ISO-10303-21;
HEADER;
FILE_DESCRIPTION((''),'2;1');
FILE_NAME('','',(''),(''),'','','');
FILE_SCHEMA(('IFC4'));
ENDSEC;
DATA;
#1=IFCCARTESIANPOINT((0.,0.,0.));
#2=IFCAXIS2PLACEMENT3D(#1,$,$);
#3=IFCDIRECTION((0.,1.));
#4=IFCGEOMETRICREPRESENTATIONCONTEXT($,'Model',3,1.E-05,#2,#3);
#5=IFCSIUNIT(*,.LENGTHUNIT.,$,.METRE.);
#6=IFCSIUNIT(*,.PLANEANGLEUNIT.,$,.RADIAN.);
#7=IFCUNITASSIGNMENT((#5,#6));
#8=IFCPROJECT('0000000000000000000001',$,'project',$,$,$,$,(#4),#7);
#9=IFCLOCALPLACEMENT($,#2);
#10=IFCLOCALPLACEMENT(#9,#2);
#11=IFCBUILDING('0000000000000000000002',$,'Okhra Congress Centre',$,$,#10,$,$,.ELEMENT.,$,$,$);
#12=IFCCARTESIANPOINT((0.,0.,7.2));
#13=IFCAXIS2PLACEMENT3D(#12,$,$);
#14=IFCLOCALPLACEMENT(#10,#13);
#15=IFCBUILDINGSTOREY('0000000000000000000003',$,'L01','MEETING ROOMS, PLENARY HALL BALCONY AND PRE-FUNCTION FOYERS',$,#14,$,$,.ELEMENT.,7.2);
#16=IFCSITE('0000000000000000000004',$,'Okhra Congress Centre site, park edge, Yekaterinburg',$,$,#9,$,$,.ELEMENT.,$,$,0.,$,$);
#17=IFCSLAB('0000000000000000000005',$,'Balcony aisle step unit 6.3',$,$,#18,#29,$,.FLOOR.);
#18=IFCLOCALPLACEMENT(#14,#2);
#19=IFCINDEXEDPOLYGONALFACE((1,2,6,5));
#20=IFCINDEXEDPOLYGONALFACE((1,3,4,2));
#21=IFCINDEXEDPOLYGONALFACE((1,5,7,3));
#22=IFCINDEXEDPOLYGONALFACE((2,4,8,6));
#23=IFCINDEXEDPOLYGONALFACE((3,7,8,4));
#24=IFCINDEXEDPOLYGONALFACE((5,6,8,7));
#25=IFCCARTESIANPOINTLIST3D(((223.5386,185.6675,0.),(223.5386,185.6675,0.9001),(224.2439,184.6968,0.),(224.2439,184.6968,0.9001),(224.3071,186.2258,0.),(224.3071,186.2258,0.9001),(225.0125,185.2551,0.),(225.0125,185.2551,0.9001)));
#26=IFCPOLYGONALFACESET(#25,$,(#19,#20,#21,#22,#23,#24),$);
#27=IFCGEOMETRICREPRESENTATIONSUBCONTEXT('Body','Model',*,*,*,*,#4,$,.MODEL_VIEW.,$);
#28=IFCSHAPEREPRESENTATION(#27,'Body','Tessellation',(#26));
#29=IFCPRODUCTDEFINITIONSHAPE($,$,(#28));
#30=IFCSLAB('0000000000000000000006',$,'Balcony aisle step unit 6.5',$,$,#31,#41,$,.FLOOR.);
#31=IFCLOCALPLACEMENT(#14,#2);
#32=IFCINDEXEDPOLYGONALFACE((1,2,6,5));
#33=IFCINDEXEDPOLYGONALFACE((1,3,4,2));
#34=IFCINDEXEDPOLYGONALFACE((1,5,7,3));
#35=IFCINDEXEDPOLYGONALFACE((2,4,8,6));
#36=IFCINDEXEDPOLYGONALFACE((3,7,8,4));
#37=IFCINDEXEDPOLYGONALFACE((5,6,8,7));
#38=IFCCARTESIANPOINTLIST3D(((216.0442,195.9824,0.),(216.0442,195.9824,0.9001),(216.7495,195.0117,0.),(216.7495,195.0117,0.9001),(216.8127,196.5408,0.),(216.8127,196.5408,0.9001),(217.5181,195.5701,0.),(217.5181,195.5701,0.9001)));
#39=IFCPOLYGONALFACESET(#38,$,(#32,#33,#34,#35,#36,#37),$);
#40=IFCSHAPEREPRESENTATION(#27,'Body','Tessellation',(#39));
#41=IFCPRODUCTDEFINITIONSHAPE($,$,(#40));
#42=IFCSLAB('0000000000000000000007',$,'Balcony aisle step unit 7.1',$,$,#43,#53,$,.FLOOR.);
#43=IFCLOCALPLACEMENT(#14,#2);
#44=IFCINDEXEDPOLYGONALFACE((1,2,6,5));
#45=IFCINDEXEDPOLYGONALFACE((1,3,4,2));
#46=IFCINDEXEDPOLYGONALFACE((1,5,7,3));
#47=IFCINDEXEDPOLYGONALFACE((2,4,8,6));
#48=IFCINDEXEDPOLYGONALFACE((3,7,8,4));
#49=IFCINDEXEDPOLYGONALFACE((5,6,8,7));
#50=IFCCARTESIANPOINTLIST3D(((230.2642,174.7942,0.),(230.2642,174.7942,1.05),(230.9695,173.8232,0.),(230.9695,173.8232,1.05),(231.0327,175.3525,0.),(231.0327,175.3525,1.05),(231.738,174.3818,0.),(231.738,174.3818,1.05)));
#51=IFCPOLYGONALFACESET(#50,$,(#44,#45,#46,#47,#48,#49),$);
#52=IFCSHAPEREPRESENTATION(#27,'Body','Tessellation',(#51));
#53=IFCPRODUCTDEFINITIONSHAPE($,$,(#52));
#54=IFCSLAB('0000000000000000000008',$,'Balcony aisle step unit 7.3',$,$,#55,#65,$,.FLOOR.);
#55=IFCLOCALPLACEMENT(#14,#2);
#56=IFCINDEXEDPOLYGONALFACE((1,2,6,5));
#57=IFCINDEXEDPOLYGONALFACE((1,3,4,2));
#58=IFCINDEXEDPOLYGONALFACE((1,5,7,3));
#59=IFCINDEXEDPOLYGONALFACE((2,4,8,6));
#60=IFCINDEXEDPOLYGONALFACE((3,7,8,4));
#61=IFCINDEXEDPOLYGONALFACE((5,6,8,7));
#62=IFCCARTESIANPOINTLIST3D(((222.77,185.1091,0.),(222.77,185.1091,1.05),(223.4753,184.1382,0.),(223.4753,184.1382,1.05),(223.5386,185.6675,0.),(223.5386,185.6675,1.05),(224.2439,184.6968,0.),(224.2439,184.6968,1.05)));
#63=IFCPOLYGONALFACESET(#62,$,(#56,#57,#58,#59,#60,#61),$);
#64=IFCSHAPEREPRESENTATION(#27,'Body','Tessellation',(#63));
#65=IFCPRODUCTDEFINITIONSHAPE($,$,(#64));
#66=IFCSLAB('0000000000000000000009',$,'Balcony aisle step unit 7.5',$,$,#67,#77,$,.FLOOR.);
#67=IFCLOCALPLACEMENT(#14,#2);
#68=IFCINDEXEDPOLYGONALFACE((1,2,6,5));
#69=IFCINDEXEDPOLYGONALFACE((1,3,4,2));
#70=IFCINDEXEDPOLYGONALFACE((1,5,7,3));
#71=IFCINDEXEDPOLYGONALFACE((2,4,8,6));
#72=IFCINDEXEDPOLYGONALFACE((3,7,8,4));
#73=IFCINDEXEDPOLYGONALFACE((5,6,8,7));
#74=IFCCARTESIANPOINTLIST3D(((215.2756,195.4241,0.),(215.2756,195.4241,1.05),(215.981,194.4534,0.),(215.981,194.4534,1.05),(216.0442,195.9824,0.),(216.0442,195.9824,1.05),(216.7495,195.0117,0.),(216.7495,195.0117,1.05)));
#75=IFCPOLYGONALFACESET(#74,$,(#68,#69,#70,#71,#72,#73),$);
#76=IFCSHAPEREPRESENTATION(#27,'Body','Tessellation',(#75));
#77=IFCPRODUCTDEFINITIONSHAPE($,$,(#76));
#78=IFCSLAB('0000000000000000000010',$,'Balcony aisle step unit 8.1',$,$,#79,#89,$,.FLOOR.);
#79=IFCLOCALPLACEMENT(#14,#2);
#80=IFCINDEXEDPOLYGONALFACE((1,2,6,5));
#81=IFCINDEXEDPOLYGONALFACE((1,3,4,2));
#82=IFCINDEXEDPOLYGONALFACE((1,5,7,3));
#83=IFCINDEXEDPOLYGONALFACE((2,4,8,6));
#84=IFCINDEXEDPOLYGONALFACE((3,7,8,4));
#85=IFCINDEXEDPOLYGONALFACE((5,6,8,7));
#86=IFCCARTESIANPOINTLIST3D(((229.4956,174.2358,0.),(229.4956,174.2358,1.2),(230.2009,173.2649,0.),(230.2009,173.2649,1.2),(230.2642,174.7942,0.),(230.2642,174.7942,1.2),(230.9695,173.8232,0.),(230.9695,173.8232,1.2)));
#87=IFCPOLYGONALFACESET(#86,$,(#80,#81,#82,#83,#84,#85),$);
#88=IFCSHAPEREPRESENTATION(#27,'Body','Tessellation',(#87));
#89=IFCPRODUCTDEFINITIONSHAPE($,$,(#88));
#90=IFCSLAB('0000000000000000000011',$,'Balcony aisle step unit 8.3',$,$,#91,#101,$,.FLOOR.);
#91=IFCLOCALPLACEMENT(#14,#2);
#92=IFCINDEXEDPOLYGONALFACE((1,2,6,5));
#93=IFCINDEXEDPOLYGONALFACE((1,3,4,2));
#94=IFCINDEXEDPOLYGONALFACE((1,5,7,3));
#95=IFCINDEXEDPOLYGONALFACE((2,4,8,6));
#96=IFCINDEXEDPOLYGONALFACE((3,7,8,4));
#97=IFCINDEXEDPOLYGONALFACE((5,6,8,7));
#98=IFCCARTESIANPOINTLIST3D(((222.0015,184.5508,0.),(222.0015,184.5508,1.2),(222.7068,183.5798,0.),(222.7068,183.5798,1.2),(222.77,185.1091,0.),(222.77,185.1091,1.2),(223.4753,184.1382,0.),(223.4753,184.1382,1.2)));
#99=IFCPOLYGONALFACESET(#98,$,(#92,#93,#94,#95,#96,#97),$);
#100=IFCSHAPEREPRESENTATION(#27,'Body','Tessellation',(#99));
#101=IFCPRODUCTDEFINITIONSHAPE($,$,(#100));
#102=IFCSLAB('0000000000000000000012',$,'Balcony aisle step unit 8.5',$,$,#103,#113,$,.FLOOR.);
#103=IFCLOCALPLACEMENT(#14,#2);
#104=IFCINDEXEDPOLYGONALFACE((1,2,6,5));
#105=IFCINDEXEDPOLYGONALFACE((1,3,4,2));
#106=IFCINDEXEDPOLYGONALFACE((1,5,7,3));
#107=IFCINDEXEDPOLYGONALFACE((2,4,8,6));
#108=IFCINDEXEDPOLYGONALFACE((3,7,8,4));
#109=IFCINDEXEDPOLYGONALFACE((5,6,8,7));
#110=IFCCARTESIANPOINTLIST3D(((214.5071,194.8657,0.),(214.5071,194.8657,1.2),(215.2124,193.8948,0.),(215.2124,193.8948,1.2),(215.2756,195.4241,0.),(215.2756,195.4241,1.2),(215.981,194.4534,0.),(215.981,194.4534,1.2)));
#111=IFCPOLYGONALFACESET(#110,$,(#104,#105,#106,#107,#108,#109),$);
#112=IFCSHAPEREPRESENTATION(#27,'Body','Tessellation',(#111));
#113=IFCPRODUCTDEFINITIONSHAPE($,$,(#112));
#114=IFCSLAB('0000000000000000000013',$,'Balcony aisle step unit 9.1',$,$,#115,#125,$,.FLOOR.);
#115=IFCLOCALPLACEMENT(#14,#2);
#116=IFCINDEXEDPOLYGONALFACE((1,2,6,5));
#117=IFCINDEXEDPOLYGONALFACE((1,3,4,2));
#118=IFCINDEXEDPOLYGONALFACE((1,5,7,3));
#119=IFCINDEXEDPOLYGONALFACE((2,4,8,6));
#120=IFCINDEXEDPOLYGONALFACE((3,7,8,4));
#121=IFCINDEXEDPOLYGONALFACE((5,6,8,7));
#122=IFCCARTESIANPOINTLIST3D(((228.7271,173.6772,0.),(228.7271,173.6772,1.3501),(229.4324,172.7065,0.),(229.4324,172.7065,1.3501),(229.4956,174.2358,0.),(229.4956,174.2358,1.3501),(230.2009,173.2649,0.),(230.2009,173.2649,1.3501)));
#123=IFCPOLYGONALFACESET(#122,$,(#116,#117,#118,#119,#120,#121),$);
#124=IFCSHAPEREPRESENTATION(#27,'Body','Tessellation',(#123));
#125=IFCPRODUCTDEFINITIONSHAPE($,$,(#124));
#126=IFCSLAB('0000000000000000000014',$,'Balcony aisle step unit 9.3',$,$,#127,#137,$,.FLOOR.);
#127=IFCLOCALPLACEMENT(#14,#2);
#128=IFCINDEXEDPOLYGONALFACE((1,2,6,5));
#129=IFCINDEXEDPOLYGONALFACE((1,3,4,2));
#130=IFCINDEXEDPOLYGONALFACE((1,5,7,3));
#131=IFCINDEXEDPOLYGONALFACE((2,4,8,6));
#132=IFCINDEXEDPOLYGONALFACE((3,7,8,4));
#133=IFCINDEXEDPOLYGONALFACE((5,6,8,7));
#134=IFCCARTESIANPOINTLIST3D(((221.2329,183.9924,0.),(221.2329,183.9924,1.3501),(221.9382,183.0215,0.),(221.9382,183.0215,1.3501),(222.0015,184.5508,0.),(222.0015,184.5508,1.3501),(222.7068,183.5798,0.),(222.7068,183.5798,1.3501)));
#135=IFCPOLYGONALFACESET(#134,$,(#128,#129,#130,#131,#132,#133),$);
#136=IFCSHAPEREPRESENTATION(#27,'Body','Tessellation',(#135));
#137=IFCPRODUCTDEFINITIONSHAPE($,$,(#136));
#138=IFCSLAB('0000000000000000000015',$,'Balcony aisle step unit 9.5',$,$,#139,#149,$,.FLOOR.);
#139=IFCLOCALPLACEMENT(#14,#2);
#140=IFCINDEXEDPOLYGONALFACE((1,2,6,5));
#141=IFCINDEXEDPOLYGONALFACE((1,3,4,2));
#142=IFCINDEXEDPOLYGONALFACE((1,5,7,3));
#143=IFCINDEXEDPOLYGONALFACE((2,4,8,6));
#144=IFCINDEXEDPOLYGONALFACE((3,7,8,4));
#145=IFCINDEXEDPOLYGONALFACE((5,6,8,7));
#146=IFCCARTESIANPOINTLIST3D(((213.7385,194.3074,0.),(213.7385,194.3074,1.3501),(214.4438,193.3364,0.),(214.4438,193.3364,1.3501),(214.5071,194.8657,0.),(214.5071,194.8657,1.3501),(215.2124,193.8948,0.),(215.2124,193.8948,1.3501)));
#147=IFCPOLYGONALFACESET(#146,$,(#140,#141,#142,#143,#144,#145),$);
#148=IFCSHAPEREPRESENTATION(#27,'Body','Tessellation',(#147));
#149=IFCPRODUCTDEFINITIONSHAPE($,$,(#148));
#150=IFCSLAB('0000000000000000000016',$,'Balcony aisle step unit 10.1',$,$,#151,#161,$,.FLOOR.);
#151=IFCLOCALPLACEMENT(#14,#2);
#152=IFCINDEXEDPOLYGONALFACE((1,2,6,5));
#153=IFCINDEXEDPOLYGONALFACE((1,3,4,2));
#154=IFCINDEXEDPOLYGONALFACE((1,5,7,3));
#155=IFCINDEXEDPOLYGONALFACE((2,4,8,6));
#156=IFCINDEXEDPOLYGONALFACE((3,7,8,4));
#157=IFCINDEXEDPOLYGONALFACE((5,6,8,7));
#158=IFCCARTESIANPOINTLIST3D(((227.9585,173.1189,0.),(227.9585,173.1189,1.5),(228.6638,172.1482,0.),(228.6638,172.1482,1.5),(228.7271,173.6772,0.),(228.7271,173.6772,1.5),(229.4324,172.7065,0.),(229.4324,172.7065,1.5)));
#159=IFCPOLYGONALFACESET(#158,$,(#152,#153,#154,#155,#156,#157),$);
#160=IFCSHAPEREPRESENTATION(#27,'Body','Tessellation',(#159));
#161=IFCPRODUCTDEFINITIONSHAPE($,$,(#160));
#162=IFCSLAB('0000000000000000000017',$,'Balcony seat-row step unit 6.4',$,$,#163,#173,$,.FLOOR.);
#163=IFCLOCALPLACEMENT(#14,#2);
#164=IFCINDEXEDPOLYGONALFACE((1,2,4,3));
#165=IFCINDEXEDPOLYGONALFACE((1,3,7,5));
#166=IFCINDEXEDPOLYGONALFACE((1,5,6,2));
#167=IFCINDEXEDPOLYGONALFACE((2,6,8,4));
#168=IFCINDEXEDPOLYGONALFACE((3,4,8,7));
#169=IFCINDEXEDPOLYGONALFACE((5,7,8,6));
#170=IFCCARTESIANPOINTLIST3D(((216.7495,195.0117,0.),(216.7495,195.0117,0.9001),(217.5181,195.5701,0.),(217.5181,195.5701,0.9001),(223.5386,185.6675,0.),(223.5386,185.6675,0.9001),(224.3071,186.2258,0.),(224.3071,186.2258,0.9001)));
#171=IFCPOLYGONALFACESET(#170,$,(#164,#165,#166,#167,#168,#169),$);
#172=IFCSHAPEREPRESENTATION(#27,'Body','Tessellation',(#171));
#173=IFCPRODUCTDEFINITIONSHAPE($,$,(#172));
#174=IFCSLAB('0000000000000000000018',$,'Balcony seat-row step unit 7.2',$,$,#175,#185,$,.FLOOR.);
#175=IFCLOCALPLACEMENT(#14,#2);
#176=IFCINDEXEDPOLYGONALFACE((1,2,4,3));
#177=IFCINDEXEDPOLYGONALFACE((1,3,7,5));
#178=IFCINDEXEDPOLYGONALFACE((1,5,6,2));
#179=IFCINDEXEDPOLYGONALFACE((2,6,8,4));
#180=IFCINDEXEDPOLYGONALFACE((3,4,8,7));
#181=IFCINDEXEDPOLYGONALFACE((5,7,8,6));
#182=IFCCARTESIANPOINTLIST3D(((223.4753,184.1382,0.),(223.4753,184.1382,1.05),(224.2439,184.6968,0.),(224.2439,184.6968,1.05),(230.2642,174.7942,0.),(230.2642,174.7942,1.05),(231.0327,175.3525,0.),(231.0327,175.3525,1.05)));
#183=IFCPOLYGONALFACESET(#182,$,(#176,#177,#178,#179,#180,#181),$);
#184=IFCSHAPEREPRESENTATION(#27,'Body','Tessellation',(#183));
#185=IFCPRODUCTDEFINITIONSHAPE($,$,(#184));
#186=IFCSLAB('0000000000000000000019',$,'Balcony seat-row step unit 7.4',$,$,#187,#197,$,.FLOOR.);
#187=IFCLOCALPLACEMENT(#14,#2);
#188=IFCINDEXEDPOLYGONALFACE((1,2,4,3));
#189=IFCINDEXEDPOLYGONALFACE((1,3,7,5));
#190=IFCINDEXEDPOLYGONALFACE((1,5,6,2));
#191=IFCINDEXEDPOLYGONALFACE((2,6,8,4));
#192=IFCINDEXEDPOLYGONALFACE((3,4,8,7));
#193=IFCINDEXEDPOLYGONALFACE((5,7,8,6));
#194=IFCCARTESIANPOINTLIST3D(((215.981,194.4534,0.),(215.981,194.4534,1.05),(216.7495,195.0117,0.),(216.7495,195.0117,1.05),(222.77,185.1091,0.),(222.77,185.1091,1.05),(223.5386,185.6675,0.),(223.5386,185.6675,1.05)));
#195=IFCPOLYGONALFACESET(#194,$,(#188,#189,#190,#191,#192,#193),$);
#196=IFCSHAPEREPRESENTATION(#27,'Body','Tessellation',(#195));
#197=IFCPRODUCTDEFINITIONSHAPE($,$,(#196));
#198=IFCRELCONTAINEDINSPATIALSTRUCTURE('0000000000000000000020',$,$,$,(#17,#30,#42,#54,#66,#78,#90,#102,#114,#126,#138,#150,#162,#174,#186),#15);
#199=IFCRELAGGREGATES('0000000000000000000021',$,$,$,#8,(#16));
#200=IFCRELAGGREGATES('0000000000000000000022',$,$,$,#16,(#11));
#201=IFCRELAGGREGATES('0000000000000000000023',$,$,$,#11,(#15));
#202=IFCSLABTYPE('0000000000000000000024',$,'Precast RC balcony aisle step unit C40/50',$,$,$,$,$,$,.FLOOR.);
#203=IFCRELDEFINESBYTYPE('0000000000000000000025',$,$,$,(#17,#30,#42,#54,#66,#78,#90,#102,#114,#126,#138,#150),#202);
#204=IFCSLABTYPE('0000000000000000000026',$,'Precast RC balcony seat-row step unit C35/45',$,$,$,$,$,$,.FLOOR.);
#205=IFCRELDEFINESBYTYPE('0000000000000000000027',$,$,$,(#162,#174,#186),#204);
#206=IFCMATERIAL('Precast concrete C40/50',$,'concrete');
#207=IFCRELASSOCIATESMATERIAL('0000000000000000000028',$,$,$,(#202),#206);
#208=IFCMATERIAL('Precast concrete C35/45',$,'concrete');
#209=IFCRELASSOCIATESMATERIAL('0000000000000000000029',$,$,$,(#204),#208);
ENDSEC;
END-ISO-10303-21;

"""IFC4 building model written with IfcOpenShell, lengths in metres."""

from ifc_helpers import new_model, si_unit, direction, frame, origin, place, context, subcontext, project, spatial, polyline, outline, extrude, material, type_object, element, save


model = new_model("IFC4")

# Units and contexts
model_context = context("Model", 3, precision=1e-05, world=origin(), true_north=direction((0.0, 1.0)))
body_context = subcontext(model_context, "Body", "Model", "MODEL_VIEW")
ifc_project = project(units=[si_unit("LENGTHUNIT", "METRE"), si_unit("PLANEANGLEUNIT", "RADIAN")], contexts=[model_context])

# Site, building, storey
site_placement = place(None, origin())
site = spatial("IfcSite", under=ifc_project, at=site_placement, Name="Okhra Congress Centre site, park edge, Yekaterinburg", CompositionType="ELEMENT", RefElevation=0.0)
building_placement = place(site_placement, origin())
building = spatial("IfcBuilding", under=site, at=building_placement, Name="Okhra Congress Centre", CompositionType="ELEMENT")
storey_placement = place(building_placement, frame((0.0, 0.0, 7.2)))
storey = spatial("IfcBuildingStorey", under=building, at=storey_placement, Name="L01", Description="MEETING ROOMS, PLENARY HALL BALCONY AND PRE-FUNCTION FOYERS", CompositionType="ELEMENT", Elevation=7.2)

# Slabs
ifc_material_1 = material(Name="Precast concrete C40/50", Category="concrete")
slab_type_1 = type_object("IfcSlabType", Name="Precast RC balcony aisle step unit C40/50", PredefinedType="FLOOR", material=ifc_material_1)
slab_1_placement = place(storey_placement, origin())
element("IfcSlab", 1, at=slab_1_placement, inside=storey, type_object=slab_type_1, Name="Balcony aisle step unit 6.3", PredefinedType="FLOOR", context=body_context, shape_type="SweptSolid", body=[
    extrude(outline(polyline([(224.2439, 184.6968), (225.0125, 185.2551), (224.3071, 186.2258), (223.5386, 185.6675), (224.2439, 184.6968)])), origin(), (0.0, 0.0, 1.0), 0.9001),
])
slab_2_placement = place(storey_placement, origin())
element("IfcSlab", 2, at=slab_2_placement, inside=storey, type_object=slab_type_1, Name="Balcony aisle step unit 6.5", PredefinedType="FLOOR", context=body_context, shape_type="SweptSolid", body=[
    extrude(outline(polyline([(216.7495, 195.0117), (217.5181, 195.5701), (216.8127, 196.5408), (216.0442, 195.9824), (216.7495, 195.0117)])), origin(), (0.0, 0.0, 1.0), 0.9001),
])
slab_3_placement = place(storey_placement, origin())
element("IfcSlab", 3, at=slab_3_placement, inside=storey, type_object=slab_type_1, Name="Balcony aisle step unit 7.1", PredefinedType="FLOOR", context=body_context, shape_type="SweptSolid", body=[
    extrude(outline(polyline([(230.9695, 173.8232), (231.738, 174.3818), (231.0327, 175.3525), (230.2642, 174.7942), (230.9695, 173.8232)])), origin(), (0.0, 0.0, 1.0), 1.05),
])
slab_4_placement = place(storey_placement, origin())
element("IfcSlab", 4, at=slab_4_placement, inside=storey, type_object=slab_type_1, Name="Balcony aisle step unit 7.3", PredefinedType="FLOOR", context=body_context, shape_type="SweptSolid", body=[
    extrude(outline(polyline([(223.4753, 184.1382), (224.2439, 184.6968), (223.5386, 185.6675), (222.77, 185.1091), (223.4753, 184.1382)])), origin(), (0.0, 0.0, 1.0), 1.05),
])
slab_5_placement = place(storey_placement, origin())
element("IfcSlab", 5, at=slab_5_placement, inside=storey, type_object=slab_type_1, Name="Balcony aisle step unit 7.5", PredefinedType="FLOOR", context=body_context, shape_type="SweptSolid", body=[
    extrude(outline(polyline([(215.981, 194.4534), (216.7495, 195.0117), (216.0442, 195.9824), (215.2756, 195.4241), (215.981, 194.4534)])), origin(), (0.0, 0.0, 1.0), 1.05),
])
slab_6_placement = place(storey_placement, origin())
element("IfcSlab", 6, at=slab_6_placement, inside=storey, type_object=slab_type_1, Name="Balcony aisle step unit 8.1", PredefinedType="FLOOR", context=body_context, shape_type="SweptSolid", body=[
    extrude(outline(polyline([(230.2009, 173.2649), (230.9695, 173.8232), (230.2642, 174.7942), (229.4956, 174.2358), (230.2009, 173.2649)])), origin(), (0.0, 0.0, 1.0), 1.2),
])
slab_7_placement = place(storey_placement, origin())
element("IfcSlab", 7, at=slab_7_placement, inside=storey, type_object=slab_type_1, Name="Balcony aisle step unit 8.3", PredefinedType="FLOOR", context=body_context, shape_type="SweptSolid", body=[
    extrude(outline(polyline([(222.7068, 183.5798), (223.4753, 184.1382), (222.77, 185.1091), (222.0015, 184.5508), (222.7068, 183.5798)])), origin(), (0.0, 0.0, 1.0), 1.2),
])
slab_8_placement = place(storey_placement, origin())
element("IfcSlab", 8, at=slab_8_placement, inside=storey, type_object=slab_type_1, Name="Balcony aisle step unit 8.5", PredefinedType="FLOOR", context=body_context, shape_type="SweptSolid", body=[
    extrude(outline(polyline([(215.2124, 193.8948), (215.981, 194.4534), (215.2756, 195.4241), (214.5071, 194.8657), (215.2124, 193.8948)])), origin(), (0.0, 0.0, 1.0), 1.2),
])
slab_9_placement = place(storey_placement, origin())
element("IfcSlab", 9, at=slab_9_placement, inside=storey, type_object=slab_type_1, Name="Balcony aisle step unit 9.1", PredefinedType="FLOOR", context=body_context, shape_type="SweptSolid", body=[
    extrude(outline(polyline([(229.4324, 172.7065), (230.2009, 173.2649), (229.4956, 174.2358), (228.7271, 173.6772), (229.4324, 172.7065)])), origin(), (0.0, 0.0, 1.0), 1.3501),
])
slab_10_placement = place(storey_placement, origin())
element("IfcSlab", 10, at=slab_10_placement, inside=storey, type_object=slab_type_1, Name="Balcony aisle step unit 9.3", PredefinedType="FLOOR", context=body_context, shape_type="SweptSolid", body=[
    extrude(outline(polyline([(221.9382, 183.0215), (222.7068, 183.5798), (222.0015, 184.5508), (221.2329, 183.9924), (221.9382, 183.0215)])), origin(), (0.0, 0.0, 1.0), 1.3501),
])
slab_11_placement = place(storey_placement, origin())
element("IfcSlab", 11, at=slab_11_placement, inside=storey, type_object=slab_type_1, Name="Balcony aisle step unit 9.5", PredefinedType="FLOOR", context=body_context, shape_type="SweptSolid", body=[
    extrude(outline(polyline([(214.4438, 193.3364), (215.2124, 193.8948), (214.5071, 194.8657), (213.7385, 194.3074), (214.4438, 193.3364)])), origin(), (0.0, 0.0, 1.0), 1.3501),
])
slab_12_placement = place(storey_placement, origin())
element("IfcSlab", 12, at=slab_12_placement, inside=storey, type_object=slab_type_1, Name="Balcony aisle step unit 10.1", PredefinedType="FLOOR", context=body_context, shape_type="SweptSolid", body=[
    extrude(outline(polyline([(228.6638, 172.1482), (229.4324, 172.7065), (228.7271, 173.6772), (227.9585, 173.1189), (228.6638, 172.1482)])), origin(), (0.0, 0.0, 1.0), 1.5),
])
ifc_material_2 = material(Name="Precast concrete C35/45", Category="concrete")
slab_type_2 = type_object("IfcSlabType", Name="Precast RC balcony seat-row step unit C35/45", PredefinedType="FLOOR", material=ifc_material_2)
slab_13_placement = place(storey_placement, origin())
element("IfcSlab", 13, at=slab_13_placement, inside=storey, type_object=slab_type_2, Name="Balcony seat-row step unit 6.4", PredefinedType="FLOOR", context=body_context, shape_type="SweptSolid", body=[
    extrude(outline(polyline([(223.5386, 185.6675), (224.3071, 186.2258), (217.5181, 195.5701), (216.7495, 195.0117), (223.5386, 185.6675)])), origin(), (0.0, 0.0, 1.0), 0.9001),
])
slab_14_placement = place(storey_placement, origin())
element("IfcSlab", 14, at=slab_14_placement, inside=storey, type_object=slab_type_2, Name="Balcony seat-row step unit 7.2", PredefinedType="FLOOR", context=body_context, shape_type="SweptSolid", body=[
    extrude(outline(polyline([(230.2642, 174.7942), (231.0327, 175.3525), (224.2439, 184.6968), (223.4753, 184.1382), (230.2642, 174.7942)])), origin(), (0.0, 0.0, 1.0), 1.05),
])
slab_15_placement = place(storey_placement, origin())
element("IfcSlab", 15, at=slab_15_placement, inside=storey, type_object=slab_type_2, Name="Balcony seat-row step unit 7.4", PredefinedType="FLOOR", context=body_context, shape_type="SweptSolid", body=[
    extrude(outline(polyline([(222.77, 185.1091), (223.5386, 185.6675), (216.7495, 195.0117), (215.981, 194.4534), (222.77, 185.1091)])), origin(), (0.0, 0.0, 1.0), 1.05),
])

save(model, "model.ifc")
